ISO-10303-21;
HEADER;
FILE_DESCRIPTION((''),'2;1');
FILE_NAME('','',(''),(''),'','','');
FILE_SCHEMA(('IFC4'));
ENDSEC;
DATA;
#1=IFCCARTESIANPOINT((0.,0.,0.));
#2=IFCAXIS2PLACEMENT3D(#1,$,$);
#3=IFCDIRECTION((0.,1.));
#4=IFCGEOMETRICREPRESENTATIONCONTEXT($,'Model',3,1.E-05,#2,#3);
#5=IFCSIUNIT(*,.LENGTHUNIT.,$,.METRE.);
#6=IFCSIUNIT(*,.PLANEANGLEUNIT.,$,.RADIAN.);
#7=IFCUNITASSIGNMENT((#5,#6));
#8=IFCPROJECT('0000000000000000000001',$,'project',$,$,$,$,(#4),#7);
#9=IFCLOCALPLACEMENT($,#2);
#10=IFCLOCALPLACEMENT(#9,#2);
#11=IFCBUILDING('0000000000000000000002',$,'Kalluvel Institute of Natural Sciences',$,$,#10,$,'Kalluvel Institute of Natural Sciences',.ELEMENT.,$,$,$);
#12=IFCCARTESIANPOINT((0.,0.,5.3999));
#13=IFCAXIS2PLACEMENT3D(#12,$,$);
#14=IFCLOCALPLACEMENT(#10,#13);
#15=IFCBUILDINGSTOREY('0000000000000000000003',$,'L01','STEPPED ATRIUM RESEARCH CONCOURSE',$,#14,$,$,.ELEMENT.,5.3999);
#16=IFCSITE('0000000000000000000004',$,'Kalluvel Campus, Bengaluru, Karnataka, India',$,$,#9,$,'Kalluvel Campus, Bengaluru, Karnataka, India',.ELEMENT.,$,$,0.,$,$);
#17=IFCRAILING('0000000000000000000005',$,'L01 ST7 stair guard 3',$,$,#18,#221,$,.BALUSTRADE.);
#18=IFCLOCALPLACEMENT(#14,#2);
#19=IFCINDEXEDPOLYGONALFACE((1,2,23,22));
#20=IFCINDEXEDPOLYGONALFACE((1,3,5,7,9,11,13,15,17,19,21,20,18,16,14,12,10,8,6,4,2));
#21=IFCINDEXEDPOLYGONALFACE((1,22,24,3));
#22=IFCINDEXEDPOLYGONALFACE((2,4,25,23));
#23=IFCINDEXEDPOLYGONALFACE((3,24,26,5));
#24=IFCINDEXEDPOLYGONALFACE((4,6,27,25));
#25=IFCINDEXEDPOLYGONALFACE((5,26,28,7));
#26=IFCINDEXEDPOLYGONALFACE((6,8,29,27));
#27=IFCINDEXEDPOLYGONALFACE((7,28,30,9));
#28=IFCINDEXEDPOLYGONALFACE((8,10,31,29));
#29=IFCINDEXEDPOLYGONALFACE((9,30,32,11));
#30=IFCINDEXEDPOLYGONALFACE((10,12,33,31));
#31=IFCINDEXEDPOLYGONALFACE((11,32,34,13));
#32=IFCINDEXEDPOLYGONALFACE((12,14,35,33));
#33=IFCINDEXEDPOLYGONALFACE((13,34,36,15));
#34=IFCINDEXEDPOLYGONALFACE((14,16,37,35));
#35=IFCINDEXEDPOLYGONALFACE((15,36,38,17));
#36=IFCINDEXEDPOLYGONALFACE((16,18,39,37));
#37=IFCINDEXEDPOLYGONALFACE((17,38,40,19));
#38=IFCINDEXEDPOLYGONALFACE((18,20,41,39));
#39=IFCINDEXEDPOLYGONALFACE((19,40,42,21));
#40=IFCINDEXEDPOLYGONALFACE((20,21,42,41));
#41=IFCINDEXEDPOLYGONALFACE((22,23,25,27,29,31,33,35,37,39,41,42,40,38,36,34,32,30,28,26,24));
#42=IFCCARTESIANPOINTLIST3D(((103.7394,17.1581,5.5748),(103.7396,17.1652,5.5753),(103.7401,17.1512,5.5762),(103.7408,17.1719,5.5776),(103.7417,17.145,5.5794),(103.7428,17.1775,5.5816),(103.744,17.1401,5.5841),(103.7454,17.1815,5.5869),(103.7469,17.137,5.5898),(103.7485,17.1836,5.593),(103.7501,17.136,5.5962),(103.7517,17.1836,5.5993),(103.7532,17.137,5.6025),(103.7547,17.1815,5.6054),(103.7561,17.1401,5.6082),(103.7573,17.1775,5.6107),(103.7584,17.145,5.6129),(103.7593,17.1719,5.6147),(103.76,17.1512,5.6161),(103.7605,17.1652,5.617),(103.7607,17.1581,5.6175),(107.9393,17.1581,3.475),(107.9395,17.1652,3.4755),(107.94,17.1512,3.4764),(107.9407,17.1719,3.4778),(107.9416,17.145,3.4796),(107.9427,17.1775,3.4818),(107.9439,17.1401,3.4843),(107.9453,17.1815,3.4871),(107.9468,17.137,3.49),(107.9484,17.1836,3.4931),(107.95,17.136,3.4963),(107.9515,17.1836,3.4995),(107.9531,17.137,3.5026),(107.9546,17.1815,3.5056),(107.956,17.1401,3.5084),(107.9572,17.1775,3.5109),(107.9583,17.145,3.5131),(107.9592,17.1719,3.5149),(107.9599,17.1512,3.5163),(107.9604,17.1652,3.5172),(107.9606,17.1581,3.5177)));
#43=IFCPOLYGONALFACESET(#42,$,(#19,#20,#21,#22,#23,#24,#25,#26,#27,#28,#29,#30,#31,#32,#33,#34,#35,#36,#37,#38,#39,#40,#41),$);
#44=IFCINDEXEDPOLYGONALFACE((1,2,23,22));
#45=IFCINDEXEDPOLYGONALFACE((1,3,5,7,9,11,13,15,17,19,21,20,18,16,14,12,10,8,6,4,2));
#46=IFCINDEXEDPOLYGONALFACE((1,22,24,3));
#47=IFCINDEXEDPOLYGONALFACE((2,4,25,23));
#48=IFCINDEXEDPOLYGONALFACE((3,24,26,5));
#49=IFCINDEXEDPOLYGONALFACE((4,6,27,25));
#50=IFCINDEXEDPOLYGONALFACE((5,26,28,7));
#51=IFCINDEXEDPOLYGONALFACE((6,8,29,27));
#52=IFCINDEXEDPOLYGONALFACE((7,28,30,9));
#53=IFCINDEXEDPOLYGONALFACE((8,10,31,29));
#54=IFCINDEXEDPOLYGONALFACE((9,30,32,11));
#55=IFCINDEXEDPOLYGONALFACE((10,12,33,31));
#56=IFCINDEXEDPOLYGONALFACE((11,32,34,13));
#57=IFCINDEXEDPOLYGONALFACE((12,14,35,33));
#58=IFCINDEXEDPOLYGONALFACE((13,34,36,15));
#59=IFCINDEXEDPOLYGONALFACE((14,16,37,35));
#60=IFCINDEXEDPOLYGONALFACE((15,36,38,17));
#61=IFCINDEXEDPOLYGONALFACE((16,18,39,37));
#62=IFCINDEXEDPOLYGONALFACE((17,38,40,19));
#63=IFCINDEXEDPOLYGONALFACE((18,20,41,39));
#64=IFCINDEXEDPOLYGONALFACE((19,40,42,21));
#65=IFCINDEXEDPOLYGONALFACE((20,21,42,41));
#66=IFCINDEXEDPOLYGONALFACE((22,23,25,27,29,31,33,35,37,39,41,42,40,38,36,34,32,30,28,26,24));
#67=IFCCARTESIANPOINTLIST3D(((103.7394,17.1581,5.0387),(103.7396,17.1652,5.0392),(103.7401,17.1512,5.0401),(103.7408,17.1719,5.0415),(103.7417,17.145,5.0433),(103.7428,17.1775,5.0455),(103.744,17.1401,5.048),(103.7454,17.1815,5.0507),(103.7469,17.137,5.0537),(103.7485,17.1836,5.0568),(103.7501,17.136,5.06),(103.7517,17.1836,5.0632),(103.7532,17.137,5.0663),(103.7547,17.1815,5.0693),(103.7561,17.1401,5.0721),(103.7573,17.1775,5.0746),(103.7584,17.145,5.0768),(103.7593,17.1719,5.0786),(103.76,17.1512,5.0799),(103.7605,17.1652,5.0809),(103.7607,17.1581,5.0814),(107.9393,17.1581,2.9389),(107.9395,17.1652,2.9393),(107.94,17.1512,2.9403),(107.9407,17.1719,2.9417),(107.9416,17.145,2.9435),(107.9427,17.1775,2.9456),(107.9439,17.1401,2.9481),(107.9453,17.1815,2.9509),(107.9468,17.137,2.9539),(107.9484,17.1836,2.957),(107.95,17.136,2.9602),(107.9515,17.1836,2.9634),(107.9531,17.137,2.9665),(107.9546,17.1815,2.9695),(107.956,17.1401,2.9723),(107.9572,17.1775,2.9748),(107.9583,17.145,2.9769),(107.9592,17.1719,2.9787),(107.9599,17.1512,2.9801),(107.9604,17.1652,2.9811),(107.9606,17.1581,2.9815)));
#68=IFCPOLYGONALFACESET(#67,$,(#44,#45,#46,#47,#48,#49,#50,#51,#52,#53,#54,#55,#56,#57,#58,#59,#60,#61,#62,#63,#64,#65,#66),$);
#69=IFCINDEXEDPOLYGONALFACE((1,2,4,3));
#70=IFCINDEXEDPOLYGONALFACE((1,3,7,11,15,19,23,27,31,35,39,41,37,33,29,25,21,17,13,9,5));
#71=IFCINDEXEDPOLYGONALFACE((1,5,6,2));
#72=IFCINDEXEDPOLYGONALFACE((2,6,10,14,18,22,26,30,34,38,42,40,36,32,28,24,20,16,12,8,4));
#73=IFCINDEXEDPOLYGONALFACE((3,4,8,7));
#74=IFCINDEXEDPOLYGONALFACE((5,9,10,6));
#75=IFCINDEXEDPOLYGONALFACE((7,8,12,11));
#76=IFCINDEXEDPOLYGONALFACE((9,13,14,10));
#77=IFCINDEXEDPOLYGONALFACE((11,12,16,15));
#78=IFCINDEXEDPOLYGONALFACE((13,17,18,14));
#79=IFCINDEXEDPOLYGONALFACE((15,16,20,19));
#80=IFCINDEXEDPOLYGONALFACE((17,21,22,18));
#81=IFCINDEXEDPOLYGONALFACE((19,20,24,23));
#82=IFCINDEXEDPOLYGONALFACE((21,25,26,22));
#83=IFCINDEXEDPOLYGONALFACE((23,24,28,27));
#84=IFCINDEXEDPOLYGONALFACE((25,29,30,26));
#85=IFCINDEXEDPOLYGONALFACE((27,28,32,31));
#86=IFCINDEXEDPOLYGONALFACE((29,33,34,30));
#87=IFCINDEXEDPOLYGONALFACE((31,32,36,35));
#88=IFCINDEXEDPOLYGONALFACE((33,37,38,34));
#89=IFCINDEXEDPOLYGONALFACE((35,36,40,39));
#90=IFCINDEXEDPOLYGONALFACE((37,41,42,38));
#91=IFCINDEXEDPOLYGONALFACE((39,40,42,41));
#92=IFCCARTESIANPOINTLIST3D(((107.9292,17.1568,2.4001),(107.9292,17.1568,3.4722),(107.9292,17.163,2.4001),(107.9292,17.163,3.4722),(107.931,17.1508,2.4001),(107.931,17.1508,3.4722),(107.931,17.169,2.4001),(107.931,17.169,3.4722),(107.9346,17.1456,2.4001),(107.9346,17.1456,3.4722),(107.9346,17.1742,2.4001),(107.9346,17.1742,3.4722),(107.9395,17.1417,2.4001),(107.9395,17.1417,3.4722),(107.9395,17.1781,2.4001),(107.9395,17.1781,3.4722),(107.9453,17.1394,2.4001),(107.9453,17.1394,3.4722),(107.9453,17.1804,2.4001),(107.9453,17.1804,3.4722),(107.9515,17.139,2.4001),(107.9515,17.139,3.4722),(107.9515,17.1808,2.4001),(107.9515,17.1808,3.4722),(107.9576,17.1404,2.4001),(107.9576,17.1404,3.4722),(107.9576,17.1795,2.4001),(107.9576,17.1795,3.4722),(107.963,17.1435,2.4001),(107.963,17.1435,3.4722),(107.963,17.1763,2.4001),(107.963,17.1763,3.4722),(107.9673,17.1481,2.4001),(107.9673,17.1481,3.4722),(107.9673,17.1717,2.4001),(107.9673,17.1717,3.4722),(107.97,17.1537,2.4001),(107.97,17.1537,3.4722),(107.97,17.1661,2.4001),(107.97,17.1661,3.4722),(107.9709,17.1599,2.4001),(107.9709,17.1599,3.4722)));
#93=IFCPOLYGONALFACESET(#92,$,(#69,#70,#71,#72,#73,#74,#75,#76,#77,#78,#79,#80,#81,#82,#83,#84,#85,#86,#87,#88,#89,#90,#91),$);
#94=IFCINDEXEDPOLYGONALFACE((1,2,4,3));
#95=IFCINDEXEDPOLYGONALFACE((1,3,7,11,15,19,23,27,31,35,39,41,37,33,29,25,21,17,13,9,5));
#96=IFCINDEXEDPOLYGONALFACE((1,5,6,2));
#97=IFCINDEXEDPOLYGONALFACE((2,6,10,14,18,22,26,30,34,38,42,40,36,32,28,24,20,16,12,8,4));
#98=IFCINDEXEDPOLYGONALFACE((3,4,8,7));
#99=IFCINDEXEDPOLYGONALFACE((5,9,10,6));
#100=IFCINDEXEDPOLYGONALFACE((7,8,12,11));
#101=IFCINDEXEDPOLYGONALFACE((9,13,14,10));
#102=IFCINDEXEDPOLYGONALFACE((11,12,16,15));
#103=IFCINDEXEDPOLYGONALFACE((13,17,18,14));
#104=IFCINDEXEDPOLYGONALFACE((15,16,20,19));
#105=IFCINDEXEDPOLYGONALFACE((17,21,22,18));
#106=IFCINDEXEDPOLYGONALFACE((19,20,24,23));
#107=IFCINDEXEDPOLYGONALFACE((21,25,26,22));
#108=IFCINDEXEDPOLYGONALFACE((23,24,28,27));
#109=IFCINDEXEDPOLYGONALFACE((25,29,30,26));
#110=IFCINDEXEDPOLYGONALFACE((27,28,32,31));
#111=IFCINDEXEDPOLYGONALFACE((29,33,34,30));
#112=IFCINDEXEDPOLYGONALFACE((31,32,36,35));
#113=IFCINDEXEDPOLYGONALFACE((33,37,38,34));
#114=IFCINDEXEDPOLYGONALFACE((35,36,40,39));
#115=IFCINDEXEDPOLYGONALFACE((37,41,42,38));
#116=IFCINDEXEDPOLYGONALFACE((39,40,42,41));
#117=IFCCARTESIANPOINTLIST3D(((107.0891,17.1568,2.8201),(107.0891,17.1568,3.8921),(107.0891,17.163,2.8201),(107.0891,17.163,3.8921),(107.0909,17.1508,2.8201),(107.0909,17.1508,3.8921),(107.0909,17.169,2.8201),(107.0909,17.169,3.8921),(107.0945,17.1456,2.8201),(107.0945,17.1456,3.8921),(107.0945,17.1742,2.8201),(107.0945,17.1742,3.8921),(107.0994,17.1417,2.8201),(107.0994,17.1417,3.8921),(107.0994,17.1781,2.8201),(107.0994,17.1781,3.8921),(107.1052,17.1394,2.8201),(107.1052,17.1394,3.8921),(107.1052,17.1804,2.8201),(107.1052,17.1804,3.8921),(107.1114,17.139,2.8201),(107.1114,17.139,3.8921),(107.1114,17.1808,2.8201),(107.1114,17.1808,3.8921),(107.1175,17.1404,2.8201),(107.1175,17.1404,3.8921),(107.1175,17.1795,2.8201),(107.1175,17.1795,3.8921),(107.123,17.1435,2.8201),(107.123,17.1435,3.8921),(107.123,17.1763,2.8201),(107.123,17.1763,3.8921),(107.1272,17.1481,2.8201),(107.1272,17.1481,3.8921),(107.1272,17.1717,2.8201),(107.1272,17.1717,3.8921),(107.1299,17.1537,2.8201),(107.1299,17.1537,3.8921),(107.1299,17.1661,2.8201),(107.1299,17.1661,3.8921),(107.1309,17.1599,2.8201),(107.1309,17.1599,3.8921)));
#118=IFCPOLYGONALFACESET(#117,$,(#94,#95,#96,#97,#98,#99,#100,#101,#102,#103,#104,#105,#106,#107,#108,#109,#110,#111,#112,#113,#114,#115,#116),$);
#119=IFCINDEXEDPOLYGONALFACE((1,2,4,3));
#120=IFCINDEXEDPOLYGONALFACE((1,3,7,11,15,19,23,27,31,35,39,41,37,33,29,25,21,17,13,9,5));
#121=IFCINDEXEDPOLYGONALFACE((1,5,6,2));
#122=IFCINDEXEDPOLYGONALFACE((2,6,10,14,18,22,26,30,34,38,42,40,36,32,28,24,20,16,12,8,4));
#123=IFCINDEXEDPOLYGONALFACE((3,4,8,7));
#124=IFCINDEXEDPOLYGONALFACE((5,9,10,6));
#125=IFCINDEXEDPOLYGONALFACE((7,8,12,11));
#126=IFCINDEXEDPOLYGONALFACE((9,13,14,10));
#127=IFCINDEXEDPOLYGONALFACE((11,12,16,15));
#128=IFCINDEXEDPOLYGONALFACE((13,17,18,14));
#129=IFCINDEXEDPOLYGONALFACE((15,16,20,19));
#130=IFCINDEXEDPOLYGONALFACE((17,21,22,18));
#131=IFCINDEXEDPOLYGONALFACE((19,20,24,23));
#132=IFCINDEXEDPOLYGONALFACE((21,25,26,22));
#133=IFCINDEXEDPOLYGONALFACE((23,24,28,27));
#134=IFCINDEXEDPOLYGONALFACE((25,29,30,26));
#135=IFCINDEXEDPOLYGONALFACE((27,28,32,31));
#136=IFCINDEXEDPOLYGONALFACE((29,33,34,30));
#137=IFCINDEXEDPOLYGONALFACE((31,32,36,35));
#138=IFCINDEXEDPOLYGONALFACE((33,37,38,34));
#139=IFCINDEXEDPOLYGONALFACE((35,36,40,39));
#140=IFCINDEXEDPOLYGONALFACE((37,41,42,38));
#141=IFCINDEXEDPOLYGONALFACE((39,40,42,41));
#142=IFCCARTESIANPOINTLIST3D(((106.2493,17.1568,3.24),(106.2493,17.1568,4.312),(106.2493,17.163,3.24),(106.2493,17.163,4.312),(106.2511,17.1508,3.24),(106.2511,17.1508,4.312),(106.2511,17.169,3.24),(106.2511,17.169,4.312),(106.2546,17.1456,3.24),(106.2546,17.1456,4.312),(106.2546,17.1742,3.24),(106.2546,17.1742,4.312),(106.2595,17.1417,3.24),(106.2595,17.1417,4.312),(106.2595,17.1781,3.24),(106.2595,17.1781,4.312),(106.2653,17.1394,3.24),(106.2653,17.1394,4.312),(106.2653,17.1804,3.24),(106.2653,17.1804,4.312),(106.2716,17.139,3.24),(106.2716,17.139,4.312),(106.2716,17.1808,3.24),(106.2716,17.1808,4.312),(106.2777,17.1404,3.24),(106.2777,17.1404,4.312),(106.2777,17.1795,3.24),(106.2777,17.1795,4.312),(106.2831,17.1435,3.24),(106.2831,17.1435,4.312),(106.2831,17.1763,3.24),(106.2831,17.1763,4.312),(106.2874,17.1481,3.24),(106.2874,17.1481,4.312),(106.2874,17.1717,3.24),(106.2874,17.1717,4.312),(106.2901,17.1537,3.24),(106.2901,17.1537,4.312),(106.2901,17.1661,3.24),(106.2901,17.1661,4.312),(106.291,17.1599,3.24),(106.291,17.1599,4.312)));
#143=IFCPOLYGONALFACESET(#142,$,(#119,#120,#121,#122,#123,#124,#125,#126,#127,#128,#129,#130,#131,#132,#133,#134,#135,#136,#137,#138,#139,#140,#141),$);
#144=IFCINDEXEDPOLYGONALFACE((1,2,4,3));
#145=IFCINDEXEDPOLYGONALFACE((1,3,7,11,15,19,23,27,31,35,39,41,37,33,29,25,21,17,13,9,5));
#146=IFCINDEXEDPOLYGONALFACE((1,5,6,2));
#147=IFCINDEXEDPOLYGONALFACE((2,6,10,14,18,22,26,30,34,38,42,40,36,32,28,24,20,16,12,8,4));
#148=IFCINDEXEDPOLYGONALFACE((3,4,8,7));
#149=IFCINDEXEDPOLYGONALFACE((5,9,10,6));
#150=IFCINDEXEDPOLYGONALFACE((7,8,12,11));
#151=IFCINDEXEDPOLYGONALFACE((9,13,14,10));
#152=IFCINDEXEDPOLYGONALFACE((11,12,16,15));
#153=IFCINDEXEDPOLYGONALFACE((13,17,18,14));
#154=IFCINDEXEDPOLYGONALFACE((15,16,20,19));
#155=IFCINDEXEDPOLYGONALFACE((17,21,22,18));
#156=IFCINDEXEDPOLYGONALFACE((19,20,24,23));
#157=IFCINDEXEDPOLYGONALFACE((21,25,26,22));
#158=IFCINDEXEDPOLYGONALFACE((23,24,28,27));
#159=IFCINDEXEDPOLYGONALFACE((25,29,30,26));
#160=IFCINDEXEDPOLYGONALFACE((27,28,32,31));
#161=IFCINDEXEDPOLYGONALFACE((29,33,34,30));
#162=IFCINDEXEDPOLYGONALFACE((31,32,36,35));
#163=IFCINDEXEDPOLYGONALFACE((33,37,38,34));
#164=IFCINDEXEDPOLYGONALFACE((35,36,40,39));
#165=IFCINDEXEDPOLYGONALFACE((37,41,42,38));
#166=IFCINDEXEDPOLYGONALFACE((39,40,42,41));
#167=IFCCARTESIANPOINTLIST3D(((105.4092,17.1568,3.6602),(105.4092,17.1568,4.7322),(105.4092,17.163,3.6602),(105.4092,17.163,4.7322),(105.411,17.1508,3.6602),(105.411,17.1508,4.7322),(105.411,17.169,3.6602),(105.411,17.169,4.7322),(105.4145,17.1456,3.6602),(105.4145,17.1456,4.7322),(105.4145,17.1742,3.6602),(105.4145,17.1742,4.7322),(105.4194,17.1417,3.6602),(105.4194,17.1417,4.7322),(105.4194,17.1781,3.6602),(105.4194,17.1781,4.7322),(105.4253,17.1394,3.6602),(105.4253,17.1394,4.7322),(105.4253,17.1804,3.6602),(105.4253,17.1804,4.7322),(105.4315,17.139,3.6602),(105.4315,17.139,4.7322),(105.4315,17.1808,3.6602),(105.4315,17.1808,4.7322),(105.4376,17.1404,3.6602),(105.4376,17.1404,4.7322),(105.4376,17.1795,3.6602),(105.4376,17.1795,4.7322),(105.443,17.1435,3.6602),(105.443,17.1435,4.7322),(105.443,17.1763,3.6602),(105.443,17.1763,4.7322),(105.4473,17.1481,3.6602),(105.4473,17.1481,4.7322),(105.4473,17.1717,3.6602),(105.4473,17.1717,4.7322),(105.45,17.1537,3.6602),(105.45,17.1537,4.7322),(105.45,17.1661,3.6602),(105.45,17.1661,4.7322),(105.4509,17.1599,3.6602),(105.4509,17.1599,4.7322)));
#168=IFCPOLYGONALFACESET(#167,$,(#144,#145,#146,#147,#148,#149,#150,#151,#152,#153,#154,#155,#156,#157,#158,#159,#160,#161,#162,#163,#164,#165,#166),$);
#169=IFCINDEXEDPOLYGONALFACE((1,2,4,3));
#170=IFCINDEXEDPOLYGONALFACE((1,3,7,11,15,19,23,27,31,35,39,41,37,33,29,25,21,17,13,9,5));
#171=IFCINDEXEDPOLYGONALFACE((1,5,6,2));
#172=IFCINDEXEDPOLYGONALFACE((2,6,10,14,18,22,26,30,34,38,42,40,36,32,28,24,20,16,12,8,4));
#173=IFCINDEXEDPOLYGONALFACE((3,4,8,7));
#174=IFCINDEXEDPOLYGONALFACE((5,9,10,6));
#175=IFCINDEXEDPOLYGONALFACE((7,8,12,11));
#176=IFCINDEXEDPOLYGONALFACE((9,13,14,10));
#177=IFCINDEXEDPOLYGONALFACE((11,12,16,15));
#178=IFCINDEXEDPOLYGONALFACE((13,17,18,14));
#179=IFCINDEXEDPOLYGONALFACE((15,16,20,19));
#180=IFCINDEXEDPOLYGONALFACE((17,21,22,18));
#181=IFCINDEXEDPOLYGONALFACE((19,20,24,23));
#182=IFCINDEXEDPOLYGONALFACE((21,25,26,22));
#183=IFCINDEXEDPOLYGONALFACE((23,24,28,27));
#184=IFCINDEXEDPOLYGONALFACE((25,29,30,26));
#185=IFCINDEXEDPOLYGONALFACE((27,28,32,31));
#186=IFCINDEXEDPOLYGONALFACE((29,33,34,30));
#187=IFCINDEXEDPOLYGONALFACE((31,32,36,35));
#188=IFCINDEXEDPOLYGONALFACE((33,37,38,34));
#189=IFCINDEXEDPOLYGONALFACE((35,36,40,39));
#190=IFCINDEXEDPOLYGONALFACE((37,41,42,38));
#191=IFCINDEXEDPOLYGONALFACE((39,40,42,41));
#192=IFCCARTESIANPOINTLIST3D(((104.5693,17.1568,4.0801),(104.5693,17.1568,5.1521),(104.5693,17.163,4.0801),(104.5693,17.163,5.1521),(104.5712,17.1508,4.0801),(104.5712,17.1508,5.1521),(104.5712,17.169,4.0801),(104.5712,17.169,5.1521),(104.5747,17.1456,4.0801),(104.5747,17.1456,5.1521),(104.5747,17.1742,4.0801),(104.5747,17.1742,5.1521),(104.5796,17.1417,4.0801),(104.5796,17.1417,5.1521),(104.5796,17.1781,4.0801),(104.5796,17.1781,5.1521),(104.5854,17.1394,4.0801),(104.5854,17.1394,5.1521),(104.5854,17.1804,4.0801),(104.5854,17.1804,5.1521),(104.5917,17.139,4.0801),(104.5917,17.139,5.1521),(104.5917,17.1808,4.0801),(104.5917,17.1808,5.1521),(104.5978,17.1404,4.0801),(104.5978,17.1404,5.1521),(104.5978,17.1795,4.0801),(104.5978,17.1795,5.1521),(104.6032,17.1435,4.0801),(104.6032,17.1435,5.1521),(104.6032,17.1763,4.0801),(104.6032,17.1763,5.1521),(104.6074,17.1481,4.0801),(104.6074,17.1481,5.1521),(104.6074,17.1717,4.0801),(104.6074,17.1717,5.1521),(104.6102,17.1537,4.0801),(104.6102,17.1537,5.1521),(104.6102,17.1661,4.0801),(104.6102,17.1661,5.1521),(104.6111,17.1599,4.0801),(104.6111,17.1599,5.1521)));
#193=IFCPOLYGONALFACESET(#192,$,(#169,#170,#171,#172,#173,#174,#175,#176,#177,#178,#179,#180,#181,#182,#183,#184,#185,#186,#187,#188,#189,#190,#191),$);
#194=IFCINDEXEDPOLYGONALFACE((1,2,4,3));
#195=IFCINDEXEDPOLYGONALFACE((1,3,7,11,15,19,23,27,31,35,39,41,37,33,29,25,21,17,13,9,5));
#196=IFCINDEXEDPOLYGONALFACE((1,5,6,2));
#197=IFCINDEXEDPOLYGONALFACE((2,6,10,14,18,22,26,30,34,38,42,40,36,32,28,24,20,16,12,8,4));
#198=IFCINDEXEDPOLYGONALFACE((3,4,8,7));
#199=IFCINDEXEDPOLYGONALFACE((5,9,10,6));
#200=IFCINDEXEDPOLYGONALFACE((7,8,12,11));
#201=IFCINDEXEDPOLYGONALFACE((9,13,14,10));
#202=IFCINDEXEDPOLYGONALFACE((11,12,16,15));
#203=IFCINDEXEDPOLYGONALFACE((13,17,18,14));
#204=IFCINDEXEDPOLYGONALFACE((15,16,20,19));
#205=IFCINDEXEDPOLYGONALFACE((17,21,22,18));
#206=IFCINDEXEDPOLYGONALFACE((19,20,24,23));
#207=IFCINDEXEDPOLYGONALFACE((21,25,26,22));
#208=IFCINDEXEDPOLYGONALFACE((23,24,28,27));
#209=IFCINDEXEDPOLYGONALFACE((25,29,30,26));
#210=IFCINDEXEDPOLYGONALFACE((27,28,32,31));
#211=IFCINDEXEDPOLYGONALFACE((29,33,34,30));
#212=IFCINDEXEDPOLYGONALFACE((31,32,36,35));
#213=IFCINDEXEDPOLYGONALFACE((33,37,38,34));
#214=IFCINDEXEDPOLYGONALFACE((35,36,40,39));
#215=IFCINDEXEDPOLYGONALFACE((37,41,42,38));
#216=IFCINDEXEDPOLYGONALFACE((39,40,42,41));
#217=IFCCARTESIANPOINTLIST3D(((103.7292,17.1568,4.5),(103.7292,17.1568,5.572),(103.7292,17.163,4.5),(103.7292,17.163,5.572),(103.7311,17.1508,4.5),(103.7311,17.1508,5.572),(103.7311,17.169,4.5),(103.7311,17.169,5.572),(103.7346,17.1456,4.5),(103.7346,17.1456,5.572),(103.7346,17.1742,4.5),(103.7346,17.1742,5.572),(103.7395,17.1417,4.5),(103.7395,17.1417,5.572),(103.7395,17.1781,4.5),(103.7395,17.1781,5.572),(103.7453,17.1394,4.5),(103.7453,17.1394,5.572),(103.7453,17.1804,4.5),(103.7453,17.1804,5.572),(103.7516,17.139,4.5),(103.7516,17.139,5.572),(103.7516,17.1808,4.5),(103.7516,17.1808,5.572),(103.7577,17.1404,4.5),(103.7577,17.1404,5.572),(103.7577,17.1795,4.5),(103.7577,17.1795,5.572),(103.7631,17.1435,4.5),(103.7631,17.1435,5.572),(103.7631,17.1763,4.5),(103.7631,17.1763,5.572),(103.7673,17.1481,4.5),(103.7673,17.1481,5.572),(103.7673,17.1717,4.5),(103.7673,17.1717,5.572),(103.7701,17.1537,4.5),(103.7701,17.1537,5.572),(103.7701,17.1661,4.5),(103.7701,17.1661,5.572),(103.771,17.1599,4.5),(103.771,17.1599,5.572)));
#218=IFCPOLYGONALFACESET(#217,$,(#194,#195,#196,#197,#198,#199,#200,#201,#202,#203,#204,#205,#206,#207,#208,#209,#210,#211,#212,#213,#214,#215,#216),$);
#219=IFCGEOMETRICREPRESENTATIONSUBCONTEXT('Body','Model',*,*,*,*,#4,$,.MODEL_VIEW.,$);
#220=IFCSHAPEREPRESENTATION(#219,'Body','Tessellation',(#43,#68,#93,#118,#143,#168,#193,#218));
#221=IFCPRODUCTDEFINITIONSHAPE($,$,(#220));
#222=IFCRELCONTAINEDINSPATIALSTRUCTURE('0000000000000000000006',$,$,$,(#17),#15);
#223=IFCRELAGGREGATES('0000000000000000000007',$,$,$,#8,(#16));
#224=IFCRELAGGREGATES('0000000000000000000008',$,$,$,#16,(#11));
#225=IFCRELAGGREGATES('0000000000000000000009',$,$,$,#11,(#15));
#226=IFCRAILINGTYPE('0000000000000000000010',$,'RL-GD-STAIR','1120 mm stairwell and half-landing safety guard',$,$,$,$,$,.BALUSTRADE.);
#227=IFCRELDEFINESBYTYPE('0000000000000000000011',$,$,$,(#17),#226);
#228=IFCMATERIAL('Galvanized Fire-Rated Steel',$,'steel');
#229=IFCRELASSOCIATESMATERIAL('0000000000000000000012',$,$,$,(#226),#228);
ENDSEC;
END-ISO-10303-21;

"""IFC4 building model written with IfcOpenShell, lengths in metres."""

from ifc_helpers import new_model, si_unit, direction, frame, origin, origin_2d, place, context, subcontext, project, spatial, circle, extrude, material, type_object, element, save


model = new_model("IFC4")

# Units and contexts
model_context = context("Model", 3, precision=1e-05, world=origin(), true_north=direction((0.0, 1.0)))
body_context = subcontext(model_context, "Body", "Model", "MODEL_VIEW")
ifc_project = project(units=[si_unit("LENGTHUNIT", "METRE"), si_unit("PLANEANGLEUNIT", "RADIAN")], contexts=[model_context])

# Site, building, storey
site_placement = place(None, origin())
site = spatial("IfcSite", under=ifc_project, at=site_placement, Name="Kalluvel Campus, Bengaluru, Karnataka, India", LongName="Kalluvel Campus, Bengaluru, Karnataka, India", CompositionType="ELEMENT", RefElevation=0.0)
building_placement = place(site_placement, origin())
building = spatial("IfcBuilding", under=site, at=building_placement, Name="Kalluvel Institute of Natural Sciences", LongName="Kalluvel Institute of Natural Sciences", CompositionType="ELEMENT")
storey_placement = place(building_placement, frame((0.0, 0.0, 5.3999)))
storey = spatial("IfcBuildingStorey", under=building, at=storey_placement, Name="L01", Description="STEPPED ATRIUM RESEARCH CONCOURSE", CompositionType="ELEMENT", Elevation=5.3999)

# Railing
ifc_material_1 = material(Name="Galvanized Fire-Rated Steel", Category="steel")
railing_type_1 = type_object("IfcRailingType", Name="RL-GD-STAIR", Description="1120 mm stairwell and half-landing safety guard", PredefinedType="BALUSTRADE", material=ifc_material_1)
railing_1_placement = place(storey_placement, frame((107.95, 17.1599, 2.4001)))
element("IfcRailing", 1, at=railing_1_placement, inside=storey, type_object=railing_type_1, Name="L01 ST7 stair guard 3", PredefinedType="BALUSTRADE", context=body_context, shape_type="SweptSolid", body=[
    extrude(circle(Radius=0.0239, at=origin_2d()), frame((0.0, 0.0, 1.0962), z_axis=(-0.894438, 0.0, 0.447193), x_axis=(0.0, -1.0, 0.0)), (0.0, 0.0, 1.0), 4.6956),
    extrude(circle(Radius=0.0239, at=origin_2d()), frame((0.0, 0.0, 0.5601), z_axis=(-0.894438, 0.0, 0.447193), x_axis=(0.0, -1.0, 0.0)), (0.0, 0.0, 1.0), 4.6956),
    extrude(circle(Radius=0.021, at=origin_2d()), origin(), (0.0, 0.0, 1.0), 1.072),
    extrude(circle(Radius=0.021, at=origin_2d()), frame((-0.8401, 0.0, 0.4199)), (0.0, 0.0, 1.0), 1.072),
    extrude(circle(Radius=0.021, at=origin_2d()), frame((-1.6799, 0.0, 0.8398)), (0.0, 0.0, 1.0), 1.072),
    extrude(circle(Radius=0.021, at=origin_2d()), frame((-2.52, 0.0, 1.26)), (0.0, 0.0, 1.0), 1.072),
    extrude(circle(Radius=0.021, at=origin_2d()), frame((-3.3599, 0.0, 1.6799)), (0.0, 0.0, 1.0), 1.072),
    extrude(circle(Radius=0.021, at=origin_2d()), frame((-4.2, 0.0, 2.0999)), (0.0, 0.0, 1.0), 1.072),
])

save(model, "model.ifc")
